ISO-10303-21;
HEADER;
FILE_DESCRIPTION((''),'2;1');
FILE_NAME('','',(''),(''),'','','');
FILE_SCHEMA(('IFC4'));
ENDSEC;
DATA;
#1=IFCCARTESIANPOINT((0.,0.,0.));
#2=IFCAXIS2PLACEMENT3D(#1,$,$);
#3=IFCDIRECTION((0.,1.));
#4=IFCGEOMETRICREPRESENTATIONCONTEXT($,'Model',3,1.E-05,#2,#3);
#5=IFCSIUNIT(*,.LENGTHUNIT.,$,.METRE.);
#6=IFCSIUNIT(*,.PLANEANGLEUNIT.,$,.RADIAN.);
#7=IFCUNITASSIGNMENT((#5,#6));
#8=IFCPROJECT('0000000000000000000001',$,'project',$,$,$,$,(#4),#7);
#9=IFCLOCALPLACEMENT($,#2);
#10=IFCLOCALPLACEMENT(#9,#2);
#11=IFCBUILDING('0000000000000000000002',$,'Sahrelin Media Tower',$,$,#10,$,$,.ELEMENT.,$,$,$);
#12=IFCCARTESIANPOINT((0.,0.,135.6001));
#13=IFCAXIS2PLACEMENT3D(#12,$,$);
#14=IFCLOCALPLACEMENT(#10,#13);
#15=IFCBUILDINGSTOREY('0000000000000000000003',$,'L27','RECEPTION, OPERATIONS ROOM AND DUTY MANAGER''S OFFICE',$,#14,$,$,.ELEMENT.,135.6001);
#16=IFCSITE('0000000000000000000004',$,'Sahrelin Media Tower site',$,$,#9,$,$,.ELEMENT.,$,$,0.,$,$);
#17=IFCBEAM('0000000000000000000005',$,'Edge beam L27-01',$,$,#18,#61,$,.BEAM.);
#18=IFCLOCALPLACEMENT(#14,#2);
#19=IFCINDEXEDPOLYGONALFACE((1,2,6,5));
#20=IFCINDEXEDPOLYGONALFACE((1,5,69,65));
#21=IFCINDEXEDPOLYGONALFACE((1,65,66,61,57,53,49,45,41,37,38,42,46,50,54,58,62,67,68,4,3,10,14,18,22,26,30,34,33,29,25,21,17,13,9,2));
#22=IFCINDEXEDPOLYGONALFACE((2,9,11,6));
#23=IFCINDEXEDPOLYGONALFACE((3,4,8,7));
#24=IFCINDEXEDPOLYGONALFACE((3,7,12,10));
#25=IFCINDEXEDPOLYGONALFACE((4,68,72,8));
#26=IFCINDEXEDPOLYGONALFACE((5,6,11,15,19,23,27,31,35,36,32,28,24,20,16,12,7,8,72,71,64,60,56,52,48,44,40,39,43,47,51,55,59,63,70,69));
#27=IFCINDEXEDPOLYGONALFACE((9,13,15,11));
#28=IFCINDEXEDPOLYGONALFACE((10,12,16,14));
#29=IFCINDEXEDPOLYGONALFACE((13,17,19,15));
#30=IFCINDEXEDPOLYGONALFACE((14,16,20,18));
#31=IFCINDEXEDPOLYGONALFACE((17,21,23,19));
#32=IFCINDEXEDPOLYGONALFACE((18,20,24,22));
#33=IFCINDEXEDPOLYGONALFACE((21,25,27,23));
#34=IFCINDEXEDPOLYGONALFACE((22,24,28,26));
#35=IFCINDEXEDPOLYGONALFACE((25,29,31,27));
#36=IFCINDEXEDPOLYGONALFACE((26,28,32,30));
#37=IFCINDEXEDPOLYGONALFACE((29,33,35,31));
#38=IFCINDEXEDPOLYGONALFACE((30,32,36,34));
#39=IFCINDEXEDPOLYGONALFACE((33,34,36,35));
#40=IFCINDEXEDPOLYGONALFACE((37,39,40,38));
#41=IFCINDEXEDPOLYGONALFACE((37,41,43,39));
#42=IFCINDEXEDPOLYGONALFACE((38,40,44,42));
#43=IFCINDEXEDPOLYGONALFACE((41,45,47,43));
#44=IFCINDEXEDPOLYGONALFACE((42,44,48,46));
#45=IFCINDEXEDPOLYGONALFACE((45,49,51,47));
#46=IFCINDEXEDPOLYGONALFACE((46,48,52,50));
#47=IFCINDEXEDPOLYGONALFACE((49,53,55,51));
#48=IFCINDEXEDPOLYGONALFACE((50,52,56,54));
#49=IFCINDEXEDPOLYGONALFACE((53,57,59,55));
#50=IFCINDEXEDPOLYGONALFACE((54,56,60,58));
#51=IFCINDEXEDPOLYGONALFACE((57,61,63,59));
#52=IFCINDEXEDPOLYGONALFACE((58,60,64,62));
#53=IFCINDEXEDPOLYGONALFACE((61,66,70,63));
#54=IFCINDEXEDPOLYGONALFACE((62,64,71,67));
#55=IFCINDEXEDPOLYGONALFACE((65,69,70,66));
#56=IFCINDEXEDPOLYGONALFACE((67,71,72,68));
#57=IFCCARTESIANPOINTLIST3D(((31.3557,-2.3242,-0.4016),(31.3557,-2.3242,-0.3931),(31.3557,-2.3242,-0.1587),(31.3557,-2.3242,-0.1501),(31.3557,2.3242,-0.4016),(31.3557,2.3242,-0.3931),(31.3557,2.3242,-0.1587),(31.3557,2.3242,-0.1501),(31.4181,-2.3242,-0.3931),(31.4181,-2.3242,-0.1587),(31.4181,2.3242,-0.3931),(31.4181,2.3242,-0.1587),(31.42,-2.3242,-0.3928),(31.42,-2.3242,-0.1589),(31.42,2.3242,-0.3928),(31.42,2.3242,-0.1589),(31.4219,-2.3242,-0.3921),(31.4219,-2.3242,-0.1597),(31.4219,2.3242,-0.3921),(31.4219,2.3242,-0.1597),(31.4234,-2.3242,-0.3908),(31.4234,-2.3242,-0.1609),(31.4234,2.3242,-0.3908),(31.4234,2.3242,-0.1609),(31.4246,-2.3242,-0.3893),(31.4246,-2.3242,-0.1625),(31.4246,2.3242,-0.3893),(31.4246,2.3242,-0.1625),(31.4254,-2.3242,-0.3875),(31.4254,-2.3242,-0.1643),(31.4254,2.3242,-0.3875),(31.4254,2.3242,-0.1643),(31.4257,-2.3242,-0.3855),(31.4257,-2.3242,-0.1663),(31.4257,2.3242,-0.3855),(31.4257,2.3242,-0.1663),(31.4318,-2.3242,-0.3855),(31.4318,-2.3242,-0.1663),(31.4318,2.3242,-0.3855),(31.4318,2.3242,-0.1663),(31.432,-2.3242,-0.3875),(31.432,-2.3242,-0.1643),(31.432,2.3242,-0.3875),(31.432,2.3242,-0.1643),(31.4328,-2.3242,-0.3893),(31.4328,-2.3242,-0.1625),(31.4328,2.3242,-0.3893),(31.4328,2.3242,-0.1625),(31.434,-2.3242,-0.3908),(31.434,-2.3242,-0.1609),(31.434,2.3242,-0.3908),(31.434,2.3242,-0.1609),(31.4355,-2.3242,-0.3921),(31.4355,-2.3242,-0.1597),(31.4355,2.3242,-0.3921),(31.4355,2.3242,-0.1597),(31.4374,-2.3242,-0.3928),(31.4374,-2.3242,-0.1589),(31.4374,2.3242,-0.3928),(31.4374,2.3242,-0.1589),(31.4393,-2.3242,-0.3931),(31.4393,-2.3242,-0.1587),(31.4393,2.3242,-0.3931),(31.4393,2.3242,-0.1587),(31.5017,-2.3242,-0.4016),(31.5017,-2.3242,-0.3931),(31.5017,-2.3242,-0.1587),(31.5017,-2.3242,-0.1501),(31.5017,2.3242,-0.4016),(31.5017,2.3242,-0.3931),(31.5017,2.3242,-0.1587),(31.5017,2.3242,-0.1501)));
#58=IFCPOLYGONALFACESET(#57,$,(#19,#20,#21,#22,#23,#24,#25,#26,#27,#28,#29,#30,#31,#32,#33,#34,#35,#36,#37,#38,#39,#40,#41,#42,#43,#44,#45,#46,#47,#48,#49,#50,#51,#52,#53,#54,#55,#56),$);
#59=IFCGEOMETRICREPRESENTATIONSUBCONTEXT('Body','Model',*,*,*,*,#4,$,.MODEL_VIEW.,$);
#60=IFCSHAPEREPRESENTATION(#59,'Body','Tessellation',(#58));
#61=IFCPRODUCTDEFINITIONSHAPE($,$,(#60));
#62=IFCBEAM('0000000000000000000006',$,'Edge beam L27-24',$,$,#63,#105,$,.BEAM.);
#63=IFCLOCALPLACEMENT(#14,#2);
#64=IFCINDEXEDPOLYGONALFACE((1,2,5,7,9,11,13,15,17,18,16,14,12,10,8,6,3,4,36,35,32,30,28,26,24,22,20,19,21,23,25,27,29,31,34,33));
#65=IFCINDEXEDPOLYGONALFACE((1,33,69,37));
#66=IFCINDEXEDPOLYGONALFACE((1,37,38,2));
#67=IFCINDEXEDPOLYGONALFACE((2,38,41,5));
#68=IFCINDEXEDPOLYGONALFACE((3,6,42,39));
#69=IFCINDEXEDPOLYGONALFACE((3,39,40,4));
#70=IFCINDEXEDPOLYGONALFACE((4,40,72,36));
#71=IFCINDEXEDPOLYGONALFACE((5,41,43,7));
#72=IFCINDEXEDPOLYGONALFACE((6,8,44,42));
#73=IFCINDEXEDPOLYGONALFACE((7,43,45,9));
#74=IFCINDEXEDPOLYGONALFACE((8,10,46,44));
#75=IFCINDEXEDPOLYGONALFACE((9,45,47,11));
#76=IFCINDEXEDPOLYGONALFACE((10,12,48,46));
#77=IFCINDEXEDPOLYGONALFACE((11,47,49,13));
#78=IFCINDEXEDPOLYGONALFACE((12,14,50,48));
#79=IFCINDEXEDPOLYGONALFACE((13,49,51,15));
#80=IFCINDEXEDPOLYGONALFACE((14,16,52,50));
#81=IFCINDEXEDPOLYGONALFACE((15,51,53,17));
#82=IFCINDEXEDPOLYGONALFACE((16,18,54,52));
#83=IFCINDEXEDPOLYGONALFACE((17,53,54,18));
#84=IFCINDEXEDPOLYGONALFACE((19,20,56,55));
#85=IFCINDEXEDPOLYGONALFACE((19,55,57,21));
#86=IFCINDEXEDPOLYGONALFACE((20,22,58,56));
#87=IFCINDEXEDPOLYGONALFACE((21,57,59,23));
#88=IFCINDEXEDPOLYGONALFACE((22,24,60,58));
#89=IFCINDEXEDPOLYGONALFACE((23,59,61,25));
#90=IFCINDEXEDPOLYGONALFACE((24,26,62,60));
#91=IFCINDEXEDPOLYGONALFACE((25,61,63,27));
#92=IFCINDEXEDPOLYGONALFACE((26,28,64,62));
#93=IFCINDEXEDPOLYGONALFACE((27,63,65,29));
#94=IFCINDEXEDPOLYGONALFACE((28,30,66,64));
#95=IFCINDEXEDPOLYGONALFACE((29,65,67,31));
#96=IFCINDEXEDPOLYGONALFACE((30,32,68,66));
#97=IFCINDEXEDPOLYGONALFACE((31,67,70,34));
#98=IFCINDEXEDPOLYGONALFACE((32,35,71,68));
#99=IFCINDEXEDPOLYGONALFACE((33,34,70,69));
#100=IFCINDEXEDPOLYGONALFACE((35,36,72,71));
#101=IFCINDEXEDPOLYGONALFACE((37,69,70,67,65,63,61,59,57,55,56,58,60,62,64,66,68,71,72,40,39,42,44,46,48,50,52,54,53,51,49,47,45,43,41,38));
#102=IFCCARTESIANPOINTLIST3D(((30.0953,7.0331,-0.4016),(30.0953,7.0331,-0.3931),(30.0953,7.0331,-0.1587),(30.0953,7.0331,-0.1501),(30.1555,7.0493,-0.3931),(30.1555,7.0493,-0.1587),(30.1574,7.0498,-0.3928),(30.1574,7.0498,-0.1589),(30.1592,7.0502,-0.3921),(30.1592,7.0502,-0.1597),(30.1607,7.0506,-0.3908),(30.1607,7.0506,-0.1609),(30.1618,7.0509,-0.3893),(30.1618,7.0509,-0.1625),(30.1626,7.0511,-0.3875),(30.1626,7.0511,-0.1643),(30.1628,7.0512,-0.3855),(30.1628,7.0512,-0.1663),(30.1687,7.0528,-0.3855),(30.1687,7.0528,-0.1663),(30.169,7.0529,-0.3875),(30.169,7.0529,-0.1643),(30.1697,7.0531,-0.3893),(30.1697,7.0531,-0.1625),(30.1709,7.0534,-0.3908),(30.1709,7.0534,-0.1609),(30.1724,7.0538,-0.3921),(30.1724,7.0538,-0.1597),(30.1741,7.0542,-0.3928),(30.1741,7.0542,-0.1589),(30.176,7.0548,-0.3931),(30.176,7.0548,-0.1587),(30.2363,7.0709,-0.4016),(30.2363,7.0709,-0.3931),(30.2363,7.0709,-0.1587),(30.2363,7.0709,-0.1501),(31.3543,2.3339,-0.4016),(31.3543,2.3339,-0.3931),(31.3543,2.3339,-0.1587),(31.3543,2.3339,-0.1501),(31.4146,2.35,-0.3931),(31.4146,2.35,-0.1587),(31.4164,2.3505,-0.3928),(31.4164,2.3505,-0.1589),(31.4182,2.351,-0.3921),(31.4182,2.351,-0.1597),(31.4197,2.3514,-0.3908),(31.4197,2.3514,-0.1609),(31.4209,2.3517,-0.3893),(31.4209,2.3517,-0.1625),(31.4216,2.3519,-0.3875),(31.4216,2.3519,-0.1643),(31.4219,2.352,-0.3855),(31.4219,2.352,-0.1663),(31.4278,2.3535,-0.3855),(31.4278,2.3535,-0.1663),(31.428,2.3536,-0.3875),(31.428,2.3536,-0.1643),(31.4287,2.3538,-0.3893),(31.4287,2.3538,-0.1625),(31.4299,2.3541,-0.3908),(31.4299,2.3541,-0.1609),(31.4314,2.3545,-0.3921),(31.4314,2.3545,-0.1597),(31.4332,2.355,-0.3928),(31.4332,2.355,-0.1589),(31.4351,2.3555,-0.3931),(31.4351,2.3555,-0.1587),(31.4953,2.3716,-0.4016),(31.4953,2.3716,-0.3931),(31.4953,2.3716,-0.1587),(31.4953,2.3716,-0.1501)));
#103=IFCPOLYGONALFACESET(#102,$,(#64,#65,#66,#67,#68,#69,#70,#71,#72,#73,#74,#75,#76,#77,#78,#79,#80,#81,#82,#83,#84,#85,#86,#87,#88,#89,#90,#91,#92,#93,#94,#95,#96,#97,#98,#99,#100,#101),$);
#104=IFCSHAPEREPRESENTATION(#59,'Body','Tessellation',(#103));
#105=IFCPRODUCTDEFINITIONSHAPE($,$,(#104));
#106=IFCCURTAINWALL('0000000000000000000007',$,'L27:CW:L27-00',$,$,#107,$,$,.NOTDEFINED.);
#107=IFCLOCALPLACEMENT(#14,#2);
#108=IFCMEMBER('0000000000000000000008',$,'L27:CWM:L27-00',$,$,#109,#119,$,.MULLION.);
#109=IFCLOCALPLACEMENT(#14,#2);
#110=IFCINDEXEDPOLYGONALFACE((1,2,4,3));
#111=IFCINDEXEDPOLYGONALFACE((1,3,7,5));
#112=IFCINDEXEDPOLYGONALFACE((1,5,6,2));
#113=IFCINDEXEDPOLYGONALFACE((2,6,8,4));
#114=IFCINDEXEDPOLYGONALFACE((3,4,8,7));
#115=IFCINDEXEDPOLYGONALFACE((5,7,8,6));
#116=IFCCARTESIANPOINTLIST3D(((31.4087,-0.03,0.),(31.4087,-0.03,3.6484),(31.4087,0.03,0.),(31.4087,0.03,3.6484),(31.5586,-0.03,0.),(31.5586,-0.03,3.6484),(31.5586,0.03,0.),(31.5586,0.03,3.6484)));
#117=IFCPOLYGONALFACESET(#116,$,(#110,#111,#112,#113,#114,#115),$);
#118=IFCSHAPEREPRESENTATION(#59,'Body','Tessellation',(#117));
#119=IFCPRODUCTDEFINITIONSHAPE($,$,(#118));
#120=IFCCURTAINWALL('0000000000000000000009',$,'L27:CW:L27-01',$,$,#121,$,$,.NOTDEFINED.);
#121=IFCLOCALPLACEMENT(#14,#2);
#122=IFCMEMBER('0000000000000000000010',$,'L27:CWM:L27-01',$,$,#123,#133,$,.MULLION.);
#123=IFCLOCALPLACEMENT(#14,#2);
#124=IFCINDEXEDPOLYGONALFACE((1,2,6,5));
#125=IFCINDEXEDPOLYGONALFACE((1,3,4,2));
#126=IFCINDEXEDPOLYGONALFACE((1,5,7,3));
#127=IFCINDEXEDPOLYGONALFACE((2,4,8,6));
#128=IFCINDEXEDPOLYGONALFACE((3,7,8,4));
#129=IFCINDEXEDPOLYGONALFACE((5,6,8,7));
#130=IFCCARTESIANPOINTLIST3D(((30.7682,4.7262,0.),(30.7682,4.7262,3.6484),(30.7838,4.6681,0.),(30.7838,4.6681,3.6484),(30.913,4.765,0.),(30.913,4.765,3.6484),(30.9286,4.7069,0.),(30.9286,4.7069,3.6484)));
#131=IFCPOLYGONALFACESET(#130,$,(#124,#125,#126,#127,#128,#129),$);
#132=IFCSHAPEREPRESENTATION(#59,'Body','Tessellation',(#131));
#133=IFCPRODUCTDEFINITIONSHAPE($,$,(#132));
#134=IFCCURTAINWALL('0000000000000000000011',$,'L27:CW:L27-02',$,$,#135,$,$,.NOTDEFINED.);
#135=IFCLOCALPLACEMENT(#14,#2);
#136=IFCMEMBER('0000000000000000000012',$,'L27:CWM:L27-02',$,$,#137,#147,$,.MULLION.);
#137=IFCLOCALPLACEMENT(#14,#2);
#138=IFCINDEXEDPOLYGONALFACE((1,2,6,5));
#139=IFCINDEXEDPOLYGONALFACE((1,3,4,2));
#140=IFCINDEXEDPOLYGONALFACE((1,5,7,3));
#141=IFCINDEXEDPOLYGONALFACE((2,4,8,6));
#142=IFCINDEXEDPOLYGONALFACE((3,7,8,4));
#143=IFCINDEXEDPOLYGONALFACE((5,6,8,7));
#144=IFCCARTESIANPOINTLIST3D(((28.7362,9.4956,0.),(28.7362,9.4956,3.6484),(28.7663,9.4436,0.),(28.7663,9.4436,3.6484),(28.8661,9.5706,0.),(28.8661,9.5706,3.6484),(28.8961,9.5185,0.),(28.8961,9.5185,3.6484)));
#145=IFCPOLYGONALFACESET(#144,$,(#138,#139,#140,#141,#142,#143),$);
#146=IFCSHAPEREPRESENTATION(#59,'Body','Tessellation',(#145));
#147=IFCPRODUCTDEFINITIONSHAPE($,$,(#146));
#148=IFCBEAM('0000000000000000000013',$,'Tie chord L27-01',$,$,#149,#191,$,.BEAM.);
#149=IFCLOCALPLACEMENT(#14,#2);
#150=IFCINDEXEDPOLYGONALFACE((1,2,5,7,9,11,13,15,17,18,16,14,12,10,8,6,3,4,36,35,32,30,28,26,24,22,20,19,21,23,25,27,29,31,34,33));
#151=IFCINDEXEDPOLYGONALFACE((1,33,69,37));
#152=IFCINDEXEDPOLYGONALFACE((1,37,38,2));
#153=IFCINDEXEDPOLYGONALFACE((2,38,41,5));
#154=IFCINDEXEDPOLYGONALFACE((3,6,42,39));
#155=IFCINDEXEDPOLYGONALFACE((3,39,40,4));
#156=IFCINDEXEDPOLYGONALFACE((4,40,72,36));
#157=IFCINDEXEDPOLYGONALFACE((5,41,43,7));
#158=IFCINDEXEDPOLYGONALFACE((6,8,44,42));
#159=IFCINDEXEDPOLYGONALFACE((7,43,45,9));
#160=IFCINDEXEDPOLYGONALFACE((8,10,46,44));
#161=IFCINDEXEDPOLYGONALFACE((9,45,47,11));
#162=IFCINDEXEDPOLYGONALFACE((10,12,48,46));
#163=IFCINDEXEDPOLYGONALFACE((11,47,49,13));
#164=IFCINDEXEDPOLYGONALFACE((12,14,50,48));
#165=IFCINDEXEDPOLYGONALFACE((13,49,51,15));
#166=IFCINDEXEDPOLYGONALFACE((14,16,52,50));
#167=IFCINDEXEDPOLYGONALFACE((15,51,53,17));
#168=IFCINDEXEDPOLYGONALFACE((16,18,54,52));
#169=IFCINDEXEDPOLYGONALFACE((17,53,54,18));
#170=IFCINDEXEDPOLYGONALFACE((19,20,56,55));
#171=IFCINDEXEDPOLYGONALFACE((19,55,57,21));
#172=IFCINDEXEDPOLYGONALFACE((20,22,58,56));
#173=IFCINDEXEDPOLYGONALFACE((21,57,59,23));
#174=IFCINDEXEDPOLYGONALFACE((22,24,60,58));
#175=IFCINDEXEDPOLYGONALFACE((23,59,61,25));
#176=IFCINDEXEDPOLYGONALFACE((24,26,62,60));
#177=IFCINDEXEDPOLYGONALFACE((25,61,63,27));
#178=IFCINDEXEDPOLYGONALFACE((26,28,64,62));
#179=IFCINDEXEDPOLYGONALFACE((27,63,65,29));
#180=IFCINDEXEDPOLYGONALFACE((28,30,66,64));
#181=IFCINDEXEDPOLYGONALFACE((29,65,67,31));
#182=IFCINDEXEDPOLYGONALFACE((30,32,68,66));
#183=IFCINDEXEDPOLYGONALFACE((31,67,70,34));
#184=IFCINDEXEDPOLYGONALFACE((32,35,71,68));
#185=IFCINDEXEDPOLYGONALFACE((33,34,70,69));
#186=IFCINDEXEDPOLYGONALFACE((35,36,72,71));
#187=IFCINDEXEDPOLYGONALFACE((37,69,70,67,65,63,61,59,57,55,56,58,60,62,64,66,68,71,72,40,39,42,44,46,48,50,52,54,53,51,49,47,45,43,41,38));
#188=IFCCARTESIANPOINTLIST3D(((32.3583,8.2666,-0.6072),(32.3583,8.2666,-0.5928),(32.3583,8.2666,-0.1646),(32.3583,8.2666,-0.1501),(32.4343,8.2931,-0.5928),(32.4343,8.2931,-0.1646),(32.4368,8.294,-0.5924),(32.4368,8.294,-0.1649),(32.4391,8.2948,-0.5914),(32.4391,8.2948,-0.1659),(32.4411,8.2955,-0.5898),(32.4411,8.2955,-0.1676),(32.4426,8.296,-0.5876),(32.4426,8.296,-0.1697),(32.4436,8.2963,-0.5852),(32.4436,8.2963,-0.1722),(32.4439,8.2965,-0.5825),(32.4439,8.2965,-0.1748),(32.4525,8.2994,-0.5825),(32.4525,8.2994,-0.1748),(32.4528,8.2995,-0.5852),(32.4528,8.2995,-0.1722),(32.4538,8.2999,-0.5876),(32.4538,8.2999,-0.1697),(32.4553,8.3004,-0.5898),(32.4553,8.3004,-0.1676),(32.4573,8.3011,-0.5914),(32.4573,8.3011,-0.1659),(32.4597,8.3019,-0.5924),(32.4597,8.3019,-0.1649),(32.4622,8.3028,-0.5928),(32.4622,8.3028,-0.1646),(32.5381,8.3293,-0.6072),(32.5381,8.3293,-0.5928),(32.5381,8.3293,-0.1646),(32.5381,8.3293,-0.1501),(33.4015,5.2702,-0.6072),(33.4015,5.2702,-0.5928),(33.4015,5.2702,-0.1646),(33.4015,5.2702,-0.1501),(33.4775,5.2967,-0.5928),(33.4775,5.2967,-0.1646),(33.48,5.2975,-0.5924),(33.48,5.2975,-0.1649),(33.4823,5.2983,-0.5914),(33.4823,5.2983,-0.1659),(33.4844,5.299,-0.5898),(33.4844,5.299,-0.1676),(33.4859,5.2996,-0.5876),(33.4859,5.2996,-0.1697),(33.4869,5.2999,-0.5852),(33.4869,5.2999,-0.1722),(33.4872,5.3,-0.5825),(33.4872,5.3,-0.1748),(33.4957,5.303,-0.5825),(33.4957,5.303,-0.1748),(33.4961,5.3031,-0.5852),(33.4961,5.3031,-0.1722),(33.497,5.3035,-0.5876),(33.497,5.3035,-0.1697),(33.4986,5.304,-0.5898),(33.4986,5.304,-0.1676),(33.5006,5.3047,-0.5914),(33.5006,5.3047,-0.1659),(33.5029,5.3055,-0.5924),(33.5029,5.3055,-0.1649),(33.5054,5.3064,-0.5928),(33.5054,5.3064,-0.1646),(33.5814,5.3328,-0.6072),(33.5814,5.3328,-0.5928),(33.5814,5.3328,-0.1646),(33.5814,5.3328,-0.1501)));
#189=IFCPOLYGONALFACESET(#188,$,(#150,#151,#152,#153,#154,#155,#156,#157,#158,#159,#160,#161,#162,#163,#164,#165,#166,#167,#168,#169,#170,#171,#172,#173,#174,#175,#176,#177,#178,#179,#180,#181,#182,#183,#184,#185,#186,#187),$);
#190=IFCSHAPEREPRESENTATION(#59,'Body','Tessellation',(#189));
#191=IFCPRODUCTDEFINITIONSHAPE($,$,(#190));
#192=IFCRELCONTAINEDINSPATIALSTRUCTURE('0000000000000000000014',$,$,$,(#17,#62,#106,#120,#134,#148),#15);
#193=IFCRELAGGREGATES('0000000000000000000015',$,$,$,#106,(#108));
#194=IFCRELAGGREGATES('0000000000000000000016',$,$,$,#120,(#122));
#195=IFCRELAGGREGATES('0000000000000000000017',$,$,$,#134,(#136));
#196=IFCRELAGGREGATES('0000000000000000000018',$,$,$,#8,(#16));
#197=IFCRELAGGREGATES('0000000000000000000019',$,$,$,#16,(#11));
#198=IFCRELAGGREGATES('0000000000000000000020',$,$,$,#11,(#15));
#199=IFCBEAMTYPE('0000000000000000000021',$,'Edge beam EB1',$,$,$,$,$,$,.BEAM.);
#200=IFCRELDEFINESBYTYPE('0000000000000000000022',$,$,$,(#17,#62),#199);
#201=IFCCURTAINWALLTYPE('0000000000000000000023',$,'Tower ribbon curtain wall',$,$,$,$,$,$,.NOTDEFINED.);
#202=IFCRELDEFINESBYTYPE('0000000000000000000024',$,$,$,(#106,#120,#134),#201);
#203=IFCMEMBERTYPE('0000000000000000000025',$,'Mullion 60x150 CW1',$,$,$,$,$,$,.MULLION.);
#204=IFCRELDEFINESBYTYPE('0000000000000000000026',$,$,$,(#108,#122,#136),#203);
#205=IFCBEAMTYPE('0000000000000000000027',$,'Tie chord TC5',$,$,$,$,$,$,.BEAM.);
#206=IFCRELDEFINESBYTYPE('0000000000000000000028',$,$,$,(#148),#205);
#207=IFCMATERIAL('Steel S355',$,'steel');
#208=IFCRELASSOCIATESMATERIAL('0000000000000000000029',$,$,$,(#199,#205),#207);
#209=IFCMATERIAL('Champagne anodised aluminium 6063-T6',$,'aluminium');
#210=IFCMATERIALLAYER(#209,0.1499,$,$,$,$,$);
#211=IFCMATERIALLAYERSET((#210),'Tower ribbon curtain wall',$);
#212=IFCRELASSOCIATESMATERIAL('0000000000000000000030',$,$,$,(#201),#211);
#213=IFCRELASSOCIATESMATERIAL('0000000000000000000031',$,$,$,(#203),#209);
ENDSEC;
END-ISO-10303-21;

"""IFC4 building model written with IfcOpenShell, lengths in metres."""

from ifc_helpers import new_model, si_unit, direction, frame, origin, origin_2d, place, context, subcontext, project, spatial, rectangle, i_section, extrude, material, layer, layer_set, material_profile, profile_set, type_object, element, aggregate, save


model = new_model("IFC4")

# Units and contexts
model_context = context("Model", 3, precision=1e-05, world=origin(), true_north=direction((0.0, 1.0)))
body_context = subcontext(model_context, "Body", "Model", "MODEL_VIEW")
ifc_project = project(units=[si_unit("LENGTHUNIT", "METRE"), si_unit("PLANEANGLEUNIT", "RADIAN")], contexts=[model_context])

# Site, building, storey
site_placement = place(None, origin())
site = spatial("IfcSite", under=ifc_project, at=site_placement, Name="Sahrelin Media Tower site", CompositionType="ELEMENT", RefElevation=0.0)
building_placement = place(site_placement, origin())
building = spatial("IfcBuilding", under=site, at=building_placement, Name="Sahrelin Media Tower", CompositionType="ELEMENT")
storey_placement = place(building_placement, frame((0.0, 0.0, 135.6001)))
storey = spatial("IfcBuildingStorey", under=building, at=storey_placement, Name="L27", Description="RECEPTION, OPERATIONS ROOM AND DUTY MANAGER'S OFFICE", CompositionType="ELEMENT", Elevation=135.6001)

# Beams
ifc_material_1 = material(Name="Steel S355", Category="steel")
ifc_material_profile_1 = material_profile(ifc_material_1, i_section(OverallWidth=0.146, OverallDepth=0.2515, WebThickness=0.0061, FlangeThickness=0.0085, FilletRadius=0.0076, at=origin_2d()), Name="UB 254x146x31")
ifc_profile_set_1 = profile_set([ifc_material_profile_1], Name="Steel S355")
beam_type_1 = type_object("IfcBeamType", Name="Edge beam EB1", PredefinedType="BEAM", material=ifc_profile_set_1)
beam_1_placement = place(storey_placement, frame((31.4287, 2.3242, -0.2759), z_axis=(0.0, -1.0, 0.0), x_axis=(1.0, 0.0, 0.0)))
element("IfcBeam", 1, at=beam_1_placement, inside=storey, type_object=beam_type_1, Name="Edge beam L27-01", PredefinedType="BEAM", context=body_context, shape_type="SweptSolid", body=[
    extrude(i_section(OverallWidth=0.146, OverallDepth=0.2515, WebThickness=0.0061, FlangeThickness=0.0085, FilletRadius=0.0076, at=origin_2d()), origin(), (0.0, 0.0, 1.0), 4.6484),
])
beam_2_placement = place(storey_placement, frame((30.1658, 7.052, -0.2759), z_axis=(0.258796, -0.965932, 0.0), x_axis=(0.965932, 0.258796, 0.0)))
element("IfcBeam", 2, at=beam_2_placement, inside=storey, type_object=beam_type_1, Name="Edge beam L27-24", PredefinedType="BEAM", context=body_context, shape_type="SweptSolid", body=[
    extrude(i_section(OverallWidth=0.146, OverallDepth=0.2515, WebThickness=0.0061, FlangeThickness=0.0085, FilletRadius=0.0076, at=origin_2d()), origin(), (0.0, 0.0, 1.0), 4.865),
])

# Curtain walls, members
ifc_material_2 = material(Name="Champagne anodised aluminium 6063-T6", Category="aluminium")
ifc_layer_1 = layer(ifc_material_2, 0.1499)
ifc_layer_set_1 = layer_set([ifc_layer_1], Name="Tower ribbon curtain wall")
curtain_wall_type = type_object("IfcCurtainWallType", Name="Tower ribbon curtain wall", PredefinedType="NOTDEFINED", material=ifc_layer_set_1)
curtain_wall_1_placement = place(storey_placement, frame((31.5786, 0.0, 0.0), z_axis=(0.0, 0.0, 1.0), x_axis=(1.0, 0.0, 0.0)))
curtain_wall_1 = element("IfcCurtainWall", 3, at=curtain_wall_1_placement, inside=storey, type_object=curtain_wall_type, Name="L27:CW:L27-00", PredefinedType="NOTDEFINED")
ifc_material_profile_2 = material_profile(ifc_material_2, rectangle(XDim=0.0601, YDim=0.1499, at=origin_2d()), Name="Mullion 60x150")
ifc_profile_set_2 = profile_set([ifc_material_profile_2], Name="Champagne anodised aluminium 6063-T6")
member_type_1 = type_object("IfcMemberType", Name="Mullion 60x150 CW1", PredefinedType="MULLION", material=ifc_profile_set_2)
member_1_placement = place(storey_placement, frame((31.4836, 0.0, 0.0), z_axis=(0.0, 0.0, 1.0), x_axis=(0.0, 1.0, 0.0)))
member_1 = element("IfcMember", 4, at=member_1_placement, type_object=member_type_1, Name="L27:CWM:L27-00", PredefinedType="MULLION", context=body_context, shape_type="SweptSolid", body=[
    extrude(rectangle(XDim=0.0601, YDim=0.1499, at=origin_2d()), origin(), (0.0, 0.0, 1.0), 3.6484),
])
aggregate(curtain_wall_1, [member_1])
curtain_wall_2_placement = place(storey_placement, frame((30.9402, 4.7412, 0.0), z_axis=(0.0, 0.0, 1.0), x_axis=(1.0, 0.0, 0.0)))
curtain_wall_2 = element("IfcCurtainWall", 5, at=curtain_wall_2_placement, inside=storey, type_object=curtain_wall_type, Name="L27:CW:L27-01", PredefinedType="NOTDEFINED")
member_2_placement = place(storey_placement, frame((30.8484, 4.7166, 0.0), z_axis=(0.0, 0.0, 1.0), x_axis=(-0.258827, 0.965924, 0.0)))
member_2 = element("IfcMember", 6, at=member_2_placement, type_object=member_type_1, Name="L27:CWM:L27-01", PredefinedType="MULLION", context=body_context, shape_type="SweptSolid", body=[
    extrude(rectangle(XDim=0.0601, YDim=0.1499, at=origin_2d()), origin(), (0.0, 0.0, 1.0), 3.6484),
])
curtain_wall_3_placement = place(storey_placement, frame((28.8984, 9.5547, 0.0), z_axis=(0.0, 0.0, 1.0), x_axis=(1.0, 0.0, 0.0)))
curtain_wall_3 = element("IfcCurtainWall", 7, at=curtain_wall_3_placement, inside=storey, type_object=curtain_wall_type, Name="L27:CW:L27-02", PredefinedType="NOTDEFINED")
member_3_placement = place(storey_placement, frame((28.8162, 9.5071, 0.0), z_axis=(0.0, 0.0, 1.0), x_axis=(-0.499994, 0.866029, 0.0)))
member_3 = element("IfcMember", 8, at=member_3_placement, type_object=member_type_1, Name="L27:CWM:L27-02", PredefinedType="MULLION", context=body_context, shape_type="SweptSolid", body=[
    extrude(rectangle(XDim=0.0601, YDim=0.1499, at=origin_2d()), origin(), (0.0, 0.0, 1.0), 3.6484),
])

# Beam
ifc_material_profile_3 = material_profile(ifc_material_1, i_section(OverallWidth=0.1904, OverallDepth=0.457, WebThickness=0.009, FlangeThickness=0.0144, FilletRadius=0.0103, at=origin_2d()), Name="UB 457x191x74")
ifc_profile_set_3 = profile_set([ifc_material_profile_3], Name="Steel S355")
beam_type_2 = type_object("IfcBeamType", Name="Tie chord TC5", PredefinedType="BEAM", material=ifc_profile_set_3)
beam_3_placement = place(storey_placement, frame((33.4915, 5.3015, -0.3787), z_axis=(-0.328804, 0.944398, 0.0), x_axis=(-0.944398, -0.328804, 0.0)))
element("IfcBeam", 9, at=beam_3_placement, inside=storey, type_object=beam_type_2, Name="Tie chord L27-01", PredefinedType="BEAM", context=body_context, shape_type="SweptSolid", body=[
    extrude(i_section(OverallWidth=0.1904, OverallDepth=0.457, WebThickness=0.009, FlangeThickness=0.0144, FilletRadius=0.0103, at=origin_2d()), origin(), (0.0, 0.0, 1.0), 3.1729),
])

aggregate(curtain_wall_2, [member_2])
aggregate(curtain_wall_3, [member_3])

save(model, "model.ifc")
